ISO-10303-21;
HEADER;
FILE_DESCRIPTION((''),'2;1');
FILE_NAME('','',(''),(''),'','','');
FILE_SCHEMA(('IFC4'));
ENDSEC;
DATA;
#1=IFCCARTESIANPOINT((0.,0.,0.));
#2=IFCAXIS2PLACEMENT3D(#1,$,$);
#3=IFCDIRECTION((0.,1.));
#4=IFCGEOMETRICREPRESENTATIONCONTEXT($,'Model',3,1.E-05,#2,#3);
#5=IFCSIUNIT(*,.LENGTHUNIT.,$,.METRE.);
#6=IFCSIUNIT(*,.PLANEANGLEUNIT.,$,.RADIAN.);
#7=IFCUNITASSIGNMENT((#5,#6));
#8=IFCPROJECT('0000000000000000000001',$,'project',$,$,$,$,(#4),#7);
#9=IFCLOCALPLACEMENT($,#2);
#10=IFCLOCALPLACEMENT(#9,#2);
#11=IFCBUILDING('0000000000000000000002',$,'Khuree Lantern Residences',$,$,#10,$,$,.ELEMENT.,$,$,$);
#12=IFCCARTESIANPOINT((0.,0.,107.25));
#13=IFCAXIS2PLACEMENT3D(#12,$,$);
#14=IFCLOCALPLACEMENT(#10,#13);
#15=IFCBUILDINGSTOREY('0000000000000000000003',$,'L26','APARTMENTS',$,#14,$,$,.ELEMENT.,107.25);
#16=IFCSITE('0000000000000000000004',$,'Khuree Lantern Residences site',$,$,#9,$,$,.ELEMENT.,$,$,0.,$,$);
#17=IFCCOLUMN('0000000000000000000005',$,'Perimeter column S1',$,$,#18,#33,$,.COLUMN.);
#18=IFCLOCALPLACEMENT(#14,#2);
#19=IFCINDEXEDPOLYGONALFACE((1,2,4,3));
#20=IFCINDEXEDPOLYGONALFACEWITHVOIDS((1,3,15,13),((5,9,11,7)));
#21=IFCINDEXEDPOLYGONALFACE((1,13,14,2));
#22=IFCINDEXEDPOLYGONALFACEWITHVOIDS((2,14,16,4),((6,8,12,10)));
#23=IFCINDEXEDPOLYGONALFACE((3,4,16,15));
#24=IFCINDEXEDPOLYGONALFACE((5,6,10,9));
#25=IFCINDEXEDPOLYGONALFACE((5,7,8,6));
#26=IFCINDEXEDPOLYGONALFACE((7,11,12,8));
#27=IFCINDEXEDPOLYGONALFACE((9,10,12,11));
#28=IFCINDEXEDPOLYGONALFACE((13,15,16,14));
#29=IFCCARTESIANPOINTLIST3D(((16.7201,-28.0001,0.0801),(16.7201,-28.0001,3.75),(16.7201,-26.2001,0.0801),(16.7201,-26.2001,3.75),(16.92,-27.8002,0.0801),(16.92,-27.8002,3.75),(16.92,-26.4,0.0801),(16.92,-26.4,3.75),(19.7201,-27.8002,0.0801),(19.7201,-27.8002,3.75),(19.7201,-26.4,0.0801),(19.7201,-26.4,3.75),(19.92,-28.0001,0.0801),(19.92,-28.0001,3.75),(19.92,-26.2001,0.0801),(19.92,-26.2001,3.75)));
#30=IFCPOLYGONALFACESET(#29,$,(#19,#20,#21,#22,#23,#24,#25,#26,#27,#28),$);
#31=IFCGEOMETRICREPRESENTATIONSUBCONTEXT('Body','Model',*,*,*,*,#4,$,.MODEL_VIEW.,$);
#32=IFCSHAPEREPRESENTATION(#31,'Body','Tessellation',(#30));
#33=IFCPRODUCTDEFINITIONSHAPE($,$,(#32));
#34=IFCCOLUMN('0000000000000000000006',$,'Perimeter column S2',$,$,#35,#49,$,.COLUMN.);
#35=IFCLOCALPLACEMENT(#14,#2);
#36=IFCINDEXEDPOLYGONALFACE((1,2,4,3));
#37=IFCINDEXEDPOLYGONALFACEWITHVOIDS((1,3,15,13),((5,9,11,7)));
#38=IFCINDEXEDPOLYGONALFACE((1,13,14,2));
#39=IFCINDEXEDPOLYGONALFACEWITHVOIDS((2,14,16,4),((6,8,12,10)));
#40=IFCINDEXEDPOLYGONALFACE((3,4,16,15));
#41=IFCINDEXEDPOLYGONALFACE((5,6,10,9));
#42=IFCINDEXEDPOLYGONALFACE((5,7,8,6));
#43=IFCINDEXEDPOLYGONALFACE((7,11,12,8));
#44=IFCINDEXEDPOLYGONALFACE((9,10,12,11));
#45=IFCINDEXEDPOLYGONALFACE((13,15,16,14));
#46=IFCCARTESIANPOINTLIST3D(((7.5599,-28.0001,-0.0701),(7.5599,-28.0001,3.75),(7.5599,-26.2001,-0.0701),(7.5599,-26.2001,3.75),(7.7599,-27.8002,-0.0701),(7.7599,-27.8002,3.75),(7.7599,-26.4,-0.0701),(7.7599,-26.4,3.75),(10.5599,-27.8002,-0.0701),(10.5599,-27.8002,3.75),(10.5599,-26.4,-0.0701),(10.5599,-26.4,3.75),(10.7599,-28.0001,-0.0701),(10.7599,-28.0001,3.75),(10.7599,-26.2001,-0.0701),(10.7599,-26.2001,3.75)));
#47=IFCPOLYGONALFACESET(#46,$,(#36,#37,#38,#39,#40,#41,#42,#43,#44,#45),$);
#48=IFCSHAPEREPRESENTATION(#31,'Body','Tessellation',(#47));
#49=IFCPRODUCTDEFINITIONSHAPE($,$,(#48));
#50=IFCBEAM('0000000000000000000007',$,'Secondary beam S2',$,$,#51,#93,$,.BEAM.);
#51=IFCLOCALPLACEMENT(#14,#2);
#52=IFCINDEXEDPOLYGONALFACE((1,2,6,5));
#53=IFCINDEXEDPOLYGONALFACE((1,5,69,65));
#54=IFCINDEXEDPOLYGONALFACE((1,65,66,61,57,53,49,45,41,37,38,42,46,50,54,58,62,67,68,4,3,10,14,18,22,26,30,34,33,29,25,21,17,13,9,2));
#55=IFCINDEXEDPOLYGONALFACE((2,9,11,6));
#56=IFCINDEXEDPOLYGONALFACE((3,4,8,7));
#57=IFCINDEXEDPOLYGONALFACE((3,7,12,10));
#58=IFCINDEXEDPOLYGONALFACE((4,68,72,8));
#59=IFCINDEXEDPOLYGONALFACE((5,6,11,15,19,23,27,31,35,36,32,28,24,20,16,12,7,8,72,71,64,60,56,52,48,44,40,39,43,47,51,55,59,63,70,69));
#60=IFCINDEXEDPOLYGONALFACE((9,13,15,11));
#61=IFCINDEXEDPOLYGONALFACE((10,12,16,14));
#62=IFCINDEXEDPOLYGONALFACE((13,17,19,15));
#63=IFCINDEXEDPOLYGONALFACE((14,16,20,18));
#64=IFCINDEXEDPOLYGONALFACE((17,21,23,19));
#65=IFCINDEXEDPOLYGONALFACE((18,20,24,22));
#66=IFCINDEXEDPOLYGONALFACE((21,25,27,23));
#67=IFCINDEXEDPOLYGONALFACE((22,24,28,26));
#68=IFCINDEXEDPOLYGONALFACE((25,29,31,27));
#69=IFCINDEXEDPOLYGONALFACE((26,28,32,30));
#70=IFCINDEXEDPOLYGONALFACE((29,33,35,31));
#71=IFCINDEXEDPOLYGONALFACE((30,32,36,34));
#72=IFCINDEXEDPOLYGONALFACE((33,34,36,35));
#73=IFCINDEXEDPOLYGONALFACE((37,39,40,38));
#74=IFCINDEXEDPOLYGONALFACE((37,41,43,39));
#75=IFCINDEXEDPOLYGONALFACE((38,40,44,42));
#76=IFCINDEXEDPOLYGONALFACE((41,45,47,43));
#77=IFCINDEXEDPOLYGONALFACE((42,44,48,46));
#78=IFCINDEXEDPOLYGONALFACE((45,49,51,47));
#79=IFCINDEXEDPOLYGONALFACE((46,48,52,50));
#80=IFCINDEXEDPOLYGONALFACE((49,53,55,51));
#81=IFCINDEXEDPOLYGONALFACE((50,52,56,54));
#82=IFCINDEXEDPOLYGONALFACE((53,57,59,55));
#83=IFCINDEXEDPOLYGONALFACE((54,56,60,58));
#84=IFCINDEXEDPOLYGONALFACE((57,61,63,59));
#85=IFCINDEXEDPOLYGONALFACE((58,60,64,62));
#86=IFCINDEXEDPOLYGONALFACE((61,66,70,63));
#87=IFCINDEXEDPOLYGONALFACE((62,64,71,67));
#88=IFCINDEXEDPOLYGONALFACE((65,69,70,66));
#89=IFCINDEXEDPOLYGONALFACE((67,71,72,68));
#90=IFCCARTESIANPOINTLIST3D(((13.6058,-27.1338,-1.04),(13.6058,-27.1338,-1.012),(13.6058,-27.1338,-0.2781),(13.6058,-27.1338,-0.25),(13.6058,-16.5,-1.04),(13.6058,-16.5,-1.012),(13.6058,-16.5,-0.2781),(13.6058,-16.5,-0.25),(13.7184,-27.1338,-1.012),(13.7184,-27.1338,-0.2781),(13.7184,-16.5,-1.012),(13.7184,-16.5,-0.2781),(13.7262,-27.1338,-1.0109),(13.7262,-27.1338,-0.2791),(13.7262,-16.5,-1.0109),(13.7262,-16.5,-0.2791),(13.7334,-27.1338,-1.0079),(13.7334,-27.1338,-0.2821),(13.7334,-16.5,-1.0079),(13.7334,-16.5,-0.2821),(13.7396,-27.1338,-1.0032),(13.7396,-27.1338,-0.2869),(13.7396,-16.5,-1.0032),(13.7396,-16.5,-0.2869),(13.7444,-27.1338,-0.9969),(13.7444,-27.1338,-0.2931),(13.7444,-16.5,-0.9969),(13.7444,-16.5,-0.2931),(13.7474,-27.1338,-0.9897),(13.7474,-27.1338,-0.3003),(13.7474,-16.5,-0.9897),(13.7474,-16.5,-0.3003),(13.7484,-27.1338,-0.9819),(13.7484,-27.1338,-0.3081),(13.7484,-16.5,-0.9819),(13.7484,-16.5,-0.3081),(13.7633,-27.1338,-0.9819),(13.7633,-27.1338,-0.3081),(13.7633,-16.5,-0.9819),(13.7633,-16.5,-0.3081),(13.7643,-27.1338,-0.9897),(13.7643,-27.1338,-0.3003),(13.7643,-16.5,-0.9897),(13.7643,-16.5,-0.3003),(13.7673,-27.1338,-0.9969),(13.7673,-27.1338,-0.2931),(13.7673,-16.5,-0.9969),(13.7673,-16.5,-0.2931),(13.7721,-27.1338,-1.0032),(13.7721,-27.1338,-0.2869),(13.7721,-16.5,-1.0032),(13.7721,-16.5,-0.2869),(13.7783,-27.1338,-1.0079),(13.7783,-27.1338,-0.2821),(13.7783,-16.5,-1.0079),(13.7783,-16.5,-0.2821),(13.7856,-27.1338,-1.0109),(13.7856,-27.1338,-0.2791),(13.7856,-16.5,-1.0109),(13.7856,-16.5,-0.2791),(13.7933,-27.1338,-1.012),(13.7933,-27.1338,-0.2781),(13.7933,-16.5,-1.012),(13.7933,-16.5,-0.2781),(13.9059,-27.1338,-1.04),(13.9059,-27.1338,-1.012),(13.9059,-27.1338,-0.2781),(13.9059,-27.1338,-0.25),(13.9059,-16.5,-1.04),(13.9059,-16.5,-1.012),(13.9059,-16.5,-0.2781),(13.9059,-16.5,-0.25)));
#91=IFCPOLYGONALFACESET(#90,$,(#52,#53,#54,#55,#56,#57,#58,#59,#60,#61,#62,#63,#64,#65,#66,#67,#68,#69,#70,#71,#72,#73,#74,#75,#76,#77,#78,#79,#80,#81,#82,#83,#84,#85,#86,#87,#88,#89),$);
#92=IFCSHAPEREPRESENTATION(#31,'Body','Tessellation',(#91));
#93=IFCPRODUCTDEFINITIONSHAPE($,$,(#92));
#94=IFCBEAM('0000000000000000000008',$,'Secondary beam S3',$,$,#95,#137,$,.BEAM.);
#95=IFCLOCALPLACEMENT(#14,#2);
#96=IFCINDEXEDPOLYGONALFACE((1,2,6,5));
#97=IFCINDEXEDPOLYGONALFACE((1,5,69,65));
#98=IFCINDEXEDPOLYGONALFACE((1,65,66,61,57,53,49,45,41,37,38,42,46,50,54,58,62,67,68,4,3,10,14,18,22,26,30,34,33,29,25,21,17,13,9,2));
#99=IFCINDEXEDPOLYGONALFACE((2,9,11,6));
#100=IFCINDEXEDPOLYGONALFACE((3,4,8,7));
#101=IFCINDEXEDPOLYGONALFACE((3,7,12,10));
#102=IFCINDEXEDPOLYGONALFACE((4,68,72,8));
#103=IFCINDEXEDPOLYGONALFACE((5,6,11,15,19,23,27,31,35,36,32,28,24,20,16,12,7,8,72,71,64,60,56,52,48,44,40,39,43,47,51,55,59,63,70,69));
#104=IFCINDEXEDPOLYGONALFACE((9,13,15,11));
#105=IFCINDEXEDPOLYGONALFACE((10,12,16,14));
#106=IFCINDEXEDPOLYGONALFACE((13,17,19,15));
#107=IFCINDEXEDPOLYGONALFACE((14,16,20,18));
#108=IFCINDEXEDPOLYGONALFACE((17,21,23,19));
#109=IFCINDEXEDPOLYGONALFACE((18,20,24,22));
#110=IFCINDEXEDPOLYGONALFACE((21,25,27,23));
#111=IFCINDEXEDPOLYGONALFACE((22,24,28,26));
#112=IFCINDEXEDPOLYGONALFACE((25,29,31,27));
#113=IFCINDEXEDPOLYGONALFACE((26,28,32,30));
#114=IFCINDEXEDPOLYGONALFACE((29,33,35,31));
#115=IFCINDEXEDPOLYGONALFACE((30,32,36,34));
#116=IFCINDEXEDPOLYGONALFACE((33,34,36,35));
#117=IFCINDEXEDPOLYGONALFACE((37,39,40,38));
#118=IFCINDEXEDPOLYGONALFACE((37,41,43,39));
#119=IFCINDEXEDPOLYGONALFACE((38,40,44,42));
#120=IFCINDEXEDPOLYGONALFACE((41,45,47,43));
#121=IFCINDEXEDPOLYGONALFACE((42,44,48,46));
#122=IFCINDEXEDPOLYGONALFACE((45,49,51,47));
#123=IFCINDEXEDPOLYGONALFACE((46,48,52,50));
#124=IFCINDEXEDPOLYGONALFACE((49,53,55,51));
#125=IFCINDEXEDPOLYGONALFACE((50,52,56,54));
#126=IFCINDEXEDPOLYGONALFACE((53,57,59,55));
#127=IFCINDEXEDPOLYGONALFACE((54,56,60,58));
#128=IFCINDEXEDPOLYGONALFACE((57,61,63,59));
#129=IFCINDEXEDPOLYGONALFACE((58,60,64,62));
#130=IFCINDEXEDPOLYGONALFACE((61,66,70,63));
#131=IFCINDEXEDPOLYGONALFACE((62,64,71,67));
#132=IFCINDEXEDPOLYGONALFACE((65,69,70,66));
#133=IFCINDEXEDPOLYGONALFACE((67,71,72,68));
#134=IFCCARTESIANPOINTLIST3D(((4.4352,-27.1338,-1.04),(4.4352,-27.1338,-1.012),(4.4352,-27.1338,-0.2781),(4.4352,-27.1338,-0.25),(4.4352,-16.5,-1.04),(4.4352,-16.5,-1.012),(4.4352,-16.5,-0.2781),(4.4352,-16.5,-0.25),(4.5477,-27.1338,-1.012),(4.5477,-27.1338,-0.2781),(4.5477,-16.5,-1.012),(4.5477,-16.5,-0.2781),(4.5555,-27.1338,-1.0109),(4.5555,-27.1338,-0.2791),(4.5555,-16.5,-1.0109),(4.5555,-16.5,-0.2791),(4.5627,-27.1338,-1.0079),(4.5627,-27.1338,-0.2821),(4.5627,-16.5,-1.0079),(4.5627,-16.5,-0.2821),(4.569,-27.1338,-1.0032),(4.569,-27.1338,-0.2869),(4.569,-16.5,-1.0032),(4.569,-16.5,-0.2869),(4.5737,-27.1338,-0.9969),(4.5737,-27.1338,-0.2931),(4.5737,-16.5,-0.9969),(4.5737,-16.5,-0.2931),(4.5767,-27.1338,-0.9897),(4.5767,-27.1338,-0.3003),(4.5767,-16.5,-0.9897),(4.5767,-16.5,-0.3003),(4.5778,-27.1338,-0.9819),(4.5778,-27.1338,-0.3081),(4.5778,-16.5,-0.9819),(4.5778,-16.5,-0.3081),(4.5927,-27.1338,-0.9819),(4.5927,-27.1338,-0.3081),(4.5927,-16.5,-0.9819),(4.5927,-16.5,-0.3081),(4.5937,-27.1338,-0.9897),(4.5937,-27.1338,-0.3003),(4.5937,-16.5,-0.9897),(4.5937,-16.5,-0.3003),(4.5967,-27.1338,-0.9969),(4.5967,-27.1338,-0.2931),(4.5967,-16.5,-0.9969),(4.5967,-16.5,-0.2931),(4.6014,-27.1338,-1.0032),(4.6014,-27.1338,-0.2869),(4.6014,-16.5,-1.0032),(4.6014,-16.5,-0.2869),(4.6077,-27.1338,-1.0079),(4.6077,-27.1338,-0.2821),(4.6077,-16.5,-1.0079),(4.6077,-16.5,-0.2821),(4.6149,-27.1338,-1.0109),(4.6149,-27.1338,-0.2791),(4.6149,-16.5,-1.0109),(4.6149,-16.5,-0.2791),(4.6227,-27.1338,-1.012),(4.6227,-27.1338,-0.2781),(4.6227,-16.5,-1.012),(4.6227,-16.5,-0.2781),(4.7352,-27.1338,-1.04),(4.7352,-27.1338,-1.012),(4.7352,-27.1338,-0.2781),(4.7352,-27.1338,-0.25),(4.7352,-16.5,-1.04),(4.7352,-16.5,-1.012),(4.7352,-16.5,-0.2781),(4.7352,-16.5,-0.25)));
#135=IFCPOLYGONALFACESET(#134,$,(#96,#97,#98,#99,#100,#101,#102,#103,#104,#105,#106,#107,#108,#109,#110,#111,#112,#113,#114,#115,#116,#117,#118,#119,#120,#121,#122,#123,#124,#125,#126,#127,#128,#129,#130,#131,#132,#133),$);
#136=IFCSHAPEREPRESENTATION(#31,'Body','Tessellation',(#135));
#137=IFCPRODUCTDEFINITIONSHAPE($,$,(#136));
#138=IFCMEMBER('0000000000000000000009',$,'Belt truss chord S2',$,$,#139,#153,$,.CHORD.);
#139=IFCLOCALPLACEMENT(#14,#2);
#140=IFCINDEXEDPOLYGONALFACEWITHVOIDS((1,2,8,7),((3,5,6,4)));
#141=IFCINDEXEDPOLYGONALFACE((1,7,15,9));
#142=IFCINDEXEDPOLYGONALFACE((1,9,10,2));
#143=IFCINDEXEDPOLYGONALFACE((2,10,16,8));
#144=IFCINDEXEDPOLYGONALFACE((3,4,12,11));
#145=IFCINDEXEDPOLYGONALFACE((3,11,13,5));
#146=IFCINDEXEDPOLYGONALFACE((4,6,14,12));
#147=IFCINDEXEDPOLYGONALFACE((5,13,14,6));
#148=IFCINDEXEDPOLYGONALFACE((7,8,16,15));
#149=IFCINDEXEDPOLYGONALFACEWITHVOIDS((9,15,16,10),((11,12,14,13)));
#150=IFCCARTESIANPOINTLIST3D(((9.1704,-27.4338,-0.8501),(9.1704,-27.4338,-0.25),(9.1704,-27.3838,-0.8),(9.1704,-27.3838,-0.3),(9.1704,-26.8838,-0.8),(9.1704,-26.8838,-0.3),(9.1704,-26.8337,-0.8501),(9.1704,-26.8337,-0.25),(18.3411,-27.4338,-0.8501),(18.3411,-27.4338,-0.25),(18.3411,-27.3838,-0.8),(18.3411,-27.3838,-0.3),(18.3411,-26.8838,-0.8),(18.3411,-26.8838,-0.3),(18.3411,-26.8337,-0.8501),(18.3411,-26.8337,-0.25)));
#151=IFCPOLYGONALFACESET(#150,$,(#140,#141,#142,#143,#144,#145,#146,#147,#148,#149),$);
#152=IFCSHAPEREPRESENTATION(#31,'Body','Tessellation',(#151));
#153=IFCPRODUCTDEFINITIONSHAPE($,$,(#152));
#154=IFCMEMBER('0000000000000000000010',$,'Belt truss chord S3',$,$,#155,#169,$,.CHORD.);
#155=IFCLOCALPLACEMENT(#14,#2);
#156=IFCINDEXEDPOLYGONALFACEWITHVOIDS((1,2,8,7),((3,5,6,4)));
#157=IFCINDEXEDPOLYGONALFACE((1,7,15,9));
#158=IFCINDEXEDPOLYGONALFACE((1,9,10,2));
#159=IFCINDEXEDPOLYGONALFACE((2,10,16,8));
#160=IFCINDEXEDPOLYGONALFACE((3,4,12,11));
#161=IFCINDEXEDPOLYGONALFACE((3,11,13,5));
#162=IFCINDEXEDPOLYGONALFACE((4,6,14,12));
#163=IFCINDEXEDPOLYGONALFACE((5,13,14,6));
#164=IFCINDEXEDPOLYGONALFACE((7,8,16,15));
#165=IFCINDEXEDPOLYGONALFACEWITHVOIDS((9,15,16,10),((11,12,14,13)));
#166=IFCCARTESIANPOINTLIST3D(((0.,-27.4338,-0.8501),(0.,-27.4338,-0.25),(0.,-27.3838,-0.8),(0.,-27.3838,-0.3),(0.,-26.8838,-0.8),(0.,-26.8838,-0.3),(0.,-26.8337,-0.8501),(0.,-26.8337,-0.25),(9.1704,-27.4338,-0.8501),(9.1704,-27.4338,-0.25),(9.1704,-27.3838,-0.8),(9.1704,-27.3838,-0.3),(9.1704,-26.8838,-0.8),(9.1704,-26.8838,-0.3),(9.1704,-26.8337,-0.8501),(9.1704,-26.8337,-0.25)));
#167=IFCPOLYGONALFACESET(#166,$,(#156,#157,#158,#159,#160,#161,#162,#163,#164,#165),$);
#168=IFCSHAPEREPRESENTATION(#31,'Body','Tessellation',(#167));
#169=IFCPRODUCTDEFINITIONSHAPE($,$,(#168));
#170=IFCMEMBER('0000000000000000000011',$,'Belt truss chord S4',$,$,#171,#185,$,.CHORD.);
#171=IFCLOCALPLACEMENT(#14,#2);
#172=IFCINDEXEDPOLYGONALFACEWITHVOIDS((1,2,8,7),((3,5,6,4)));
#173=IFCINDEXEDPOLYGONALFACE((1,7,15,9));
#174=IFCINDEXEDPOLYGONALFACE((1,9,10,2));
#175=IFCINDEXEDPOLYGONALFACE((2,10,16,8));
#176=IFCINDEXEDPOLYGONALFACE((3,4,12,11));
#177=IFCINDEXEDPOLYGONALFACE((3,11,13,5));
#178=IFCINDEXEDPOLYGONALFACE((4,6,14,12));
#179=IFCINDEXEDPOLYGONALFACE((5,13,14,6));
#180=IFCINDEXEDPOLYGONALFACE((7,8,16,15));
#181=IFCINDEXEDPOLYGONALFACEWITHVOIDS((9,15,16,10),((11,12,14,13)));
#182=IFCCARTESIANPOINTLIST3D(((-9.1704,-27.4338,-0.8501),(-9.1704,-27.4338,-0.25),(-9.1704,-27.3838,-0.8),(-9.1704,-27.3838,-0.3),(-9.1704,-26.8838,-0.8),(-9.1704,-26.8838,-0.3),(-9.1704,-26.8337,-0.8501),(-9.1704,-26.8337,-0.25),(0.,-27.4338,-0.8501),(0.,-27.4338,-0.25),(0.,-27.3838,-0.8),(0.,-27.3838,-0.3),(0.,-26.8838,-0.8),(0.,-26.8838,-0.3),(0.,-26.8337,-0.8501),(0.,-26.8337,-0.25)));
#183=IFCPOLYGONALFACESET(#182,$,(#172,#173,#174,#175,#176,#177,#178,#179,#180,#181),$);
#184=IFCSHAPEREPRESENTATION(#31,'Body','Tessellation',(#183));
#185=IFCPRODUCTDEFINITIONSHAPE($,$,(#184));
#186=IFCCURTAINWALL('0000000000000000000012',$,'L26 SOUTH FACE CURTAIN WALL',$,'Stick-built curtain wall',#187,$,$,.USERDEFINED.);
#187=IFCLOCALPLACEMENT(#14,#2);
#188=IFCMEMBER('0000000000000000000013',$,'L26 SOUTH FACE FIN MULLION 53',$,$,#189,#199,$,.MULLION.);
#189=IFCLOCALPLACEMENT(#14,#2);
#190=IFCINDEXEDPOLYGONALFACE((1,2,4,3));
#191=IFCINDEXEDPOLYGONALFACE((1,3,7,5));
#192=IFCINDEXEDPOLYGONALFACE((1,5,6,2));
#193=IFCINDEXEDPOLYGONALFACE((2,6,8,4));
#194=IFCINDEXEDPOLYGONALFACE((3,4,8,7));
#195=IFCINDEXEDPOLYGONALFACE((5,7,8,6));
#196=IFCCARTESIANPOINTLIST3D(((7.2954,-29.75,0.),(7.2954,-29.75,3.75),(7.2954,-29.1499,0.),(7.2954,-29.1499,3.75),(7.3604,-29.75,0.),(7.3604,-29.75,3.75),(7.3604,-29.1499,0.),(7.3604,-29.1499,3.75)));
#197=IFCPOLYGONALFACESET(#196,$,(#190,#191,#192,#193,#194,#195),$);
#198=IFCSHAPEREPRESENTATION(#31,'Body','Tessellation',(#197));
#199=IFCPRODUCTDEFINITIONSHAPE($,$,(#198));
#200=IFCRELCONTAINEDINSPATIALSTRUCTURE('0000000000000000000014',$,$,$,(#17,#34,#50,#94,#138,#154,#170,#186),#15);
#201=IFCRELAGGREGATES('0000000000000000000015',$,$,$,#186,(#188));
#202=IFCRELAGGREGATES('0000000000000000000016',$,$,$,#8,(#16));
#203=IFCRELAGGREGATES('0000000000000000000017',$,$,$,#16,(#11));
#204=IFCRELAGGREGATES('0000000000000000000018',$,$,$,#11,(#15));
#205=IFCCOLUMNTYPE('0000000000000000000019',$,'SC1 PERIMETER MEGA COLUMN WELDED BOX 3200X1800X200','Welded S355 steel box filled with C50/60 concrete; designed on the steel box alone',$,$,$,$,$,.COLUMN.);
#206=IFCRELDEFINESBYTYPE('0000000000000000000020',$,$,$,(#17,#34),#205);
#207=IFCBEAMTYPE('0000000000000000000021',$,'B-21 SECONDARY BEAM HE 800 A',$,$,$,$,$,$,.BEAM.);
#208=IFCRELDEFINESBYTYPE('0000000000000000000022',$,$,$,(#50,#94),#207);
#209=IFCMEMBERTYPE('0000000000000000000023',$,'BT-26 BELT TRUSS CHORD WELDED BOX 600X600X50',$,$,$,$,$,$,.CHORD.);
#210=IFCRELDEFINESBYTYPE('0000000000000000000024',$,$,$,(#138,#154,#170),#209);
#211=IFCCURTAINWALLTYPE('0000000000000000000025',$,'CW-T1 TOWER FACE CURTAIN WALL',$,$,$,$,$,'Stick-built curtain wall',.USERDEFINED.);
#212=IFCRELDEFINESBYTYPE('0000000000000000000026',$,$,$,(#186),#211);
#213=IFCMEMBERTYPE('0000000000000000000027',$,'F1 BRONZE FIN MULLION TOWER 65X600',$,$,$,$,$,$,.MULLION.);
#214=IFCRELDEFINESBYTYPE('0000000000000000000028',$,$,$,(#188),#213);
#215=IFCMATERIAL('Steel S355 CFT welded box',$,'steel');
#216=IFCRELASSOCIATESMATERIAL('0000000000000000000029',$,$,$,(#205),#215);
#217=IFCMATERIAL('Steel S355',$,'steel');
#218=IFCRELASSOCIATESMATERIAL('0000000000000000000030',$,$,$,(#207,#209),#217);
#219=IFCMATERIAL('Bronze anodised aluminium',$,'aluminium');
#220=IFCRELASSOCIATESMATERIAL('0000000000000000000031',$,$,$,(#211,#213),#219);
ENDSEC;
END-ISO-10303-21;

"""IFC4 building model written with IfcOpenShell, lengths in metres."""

from ifc_helpers import new_model, si_unit, direction, frame, origin, origin_2d, place, context, subcontext, project, spatial, rectangle, hollow_rectangle, i_section, extrude, material, material_profile, profile_set, type_object, element, aggregate, save


model = new_model("IFC4")

# Units and contexts
model_context = context("Model", 3, precision=1e-05, world=origin(), true_north=direction((0.0, 1.0)))
body_context = subcontext(model_context, "Body", "Model", "MODEL_VIEW")
ifc_project = project(units=[si_unit("LENGTHUNIT", "METRE"), si_unit("PLANEANGLEUNIT", "RADIAN")], contexts=[model_context])

# Site, building, storey
site_placement = place(None, origin())
site = spatial("IfcSite", under=ifc_project, at=site_placement, Name="Khuree Lantern Residences site", CompositionType="ELEMENT", RefElevation=0.0)
building_placement = place(site_placement, origin())
building = spatial("IfcBuilding", under=site, at=building_placement, Name="Khuree Lantern Residences", CompositionType="ELEMENT")
storey_placement = place(building_placement, frame((0.0, 0.0, 107.25)))
storey = spatial("IfcBuildingStorey", under=building, at=storey_placement, Name="L26", Description="APARTMENTS", CompositionType="ELEMENT", Elevation=107.25)

# Columns
ifc_material_1 = material(Name="Steel S355 CFT welded box", Category="steel")
ifc_material_profile_1 = material_profile(ifc_material_1, hollow_rectangle(XDim=3.2, YDim=1.8, WallThickness=0.2, at=origin_2d()), Name="WELDED BOX 3200X1800X200")
ifc_profile_set_1 = profile_set([ifc_material_profile_1], Name="Steel S355 CFT welded box")
column_type = type_object("IfcColumnType", Name="SC1 PERIMETER MEGA COLUMN WELDED BOX 3200X1800X200", Description="Welded S355 steel box filled with C50/60 concrete; designed on the steel box alone", PredefinedType="COLUMN", material=ifc_profile_set_1)
column_1_placement = place(storey_placement, frame((18.3201, -27.1001, 0.0801), z_axis=(0.0, 0.0, 1.0), x_axis=(1.0, 0.0, 0.0)))
element("IfcColumn", 1, at=column_1_placement, inside=storey, type_object=column_type, Name="Perimeter column S1", PredefinedType="COLUMN", context=body_context, shape_type="SweptSolid", body=[
    extrude(hollow_rectangle(XDim=3.2, YDim=1.8, WallThickness=0.2, at=origin_2d()), origin(), (0.0, 0.0, 1.0), 3.6699),
])
column_2_placement = place(storey_placement, frame((9.1599, -27.1001, -0.0701), z_axis=(0.0, 0.0, 1.0), x_axis=(1.0, 0.0, 0.0)))
element("IfcColumn", 2, at=column_2_placement, inside=storey, type_object=column_type, Name="Perimeter column S2", PredefinedType="COLUMN", context=body_context, shape_type="SweptSolid", body=[
    extrude(hollow_rectangle(XDim=3.2, YDim=1.8, WallThickness=0.2, at=origin_2d()), origin(), (0.0, 0.0, 1.0), 3.8201),
])

# Beams
ifc_material_2 = material(Name="Steel S355", Category="steel")
ifc_material_profile_2 = material_profile(ifc_material_2, i_section(OverallWidth=0.3, OverallDepth=0.79, WebThickness=0.0149, FlangeThickness=0.0281, FilletRadius=0.03, at=origin_2d()), Name="HE 800 A")
ifc_profile_set_2 = profile_set([ifc_material_profile_2], Name="Steel S355")
beam_type_1 = type_object("IfcBeamType", Name="B-21 SECONDARY BEAM HE 800 A", PredefinedType="BEAM", material=ifc_profile_set_2)
for number, where, z_axis, x_axis, name in (
    (3, (13.7559, -27.1338, -0.645), (0.0, 1.0, 0.0), (-1.0, 0.0, 0.0), "Secondary beam S2"),
    (4, (4.5852, -27.1338, -0.645), (0.0, 1.0, 0.0), (-1.0, 0.0, 0.0), "Secondary beam S3"),
):
    element("IfcBeam", number, at=place(storey_placement, frame(where, z_axis=z_axis, x_axis=x_axis)), inside=storey, type_object=beam_type_1, Name=name, PredefinedType="BEAM", context=body_context, shape_type="SweptSolid", body=[
        extrude(i_section(OverallWidth=0.3, OverallDepth=0.79, WebThickness=0.0149, FlangeThickness=0.0281, FilletRadius=0.03, at=origin_2d()), origin(), (0.0, 0.0, 1.0), 10.6338),
    ])

# Members
ifc_material_profile_3 = material_profile(ifc_material_2, hollow_rectangle(XDim=0.6001, YDim=0.6001, WallThickness=0.05, at=origin_2d()), Name="WELDED BOX 600X600X50")
ifc_profile_set_3 = profile_set([ifc_material_profile_3], Name="Steel S355")
member_type_1 = type_object("IfcMemberType", Name="BT-26 BELT TRUSS CHORD WELDED BOX 600X600X50", PredefinedType="CHORD", material=ifc_profile_set_3)
member_1_placement = place(storey_placement, frame((18.3411, -27.1338, -0.55), z_axis=(-1.0, 0.0, 0.0), x_axis=(0.0, -1.0, 0.0)))
element("IfcMember", 5, at=member_1_placement, inside=storey, type_object=member_type_1, Name="Belt truss chord S2", PredefinedType="CHORD", context=body_context, shape_type="SweptSolid", body=[
    extrude(hollow_rectangle(XDim=0.6001, YDim=0.6001, WallThickness=0.05, at=origin_2d()), origin(), (0.0, 0.0, 1.0), 9.1707),
])
for number, where, z_axis, x_axis, name in (
    (6, (9.1704, -27.1338, -0.55), (-1.0, 0.0, 0.0), (0.0, -1.0, 0.0), "Belt truss chord S3"),
    (7, (0.0, -27.1338, -0.55), (-1.0, 0.0, 0.0), (0.0, -1.0, 0.0), "Belt truss chord S4"),
):
    element("IfcMember", number, at=place(storey_placement, frame(where, z_axis=z_axis, x_axis=x_axis)), inside=storey, type_object=member_type_1, Name=name, PredefinedType="CHORD", context=body_context, shape_type="SweptSolid", body=[
        extrude(hollow_rectangle(XDim=0.6001, YDim=0.6001, WallThickness=0.05, at=origin_2d()), origin(), (0.0, 0.0, 1.0), 9.1704),
    ])

# Curtain wall, member
ifc_material_3 = material(Name="Bronze anodised aluminium", Category="aluminium")
curtain_wall_type = type_object("IfcCurtainWallType", Name="CW-T1 TOWER FACE CURTAIN WALL", ElementType="Stick-built curtain wall", PredefinedType="USERDEFINED", material=ifc_material_3)
curtain_wall_placement = place(storey_placement, origin())
curtain_wall = element("IfcCurtainWall", 8, at=curtain_wall_placement, inside=storey, type_object=curtain_wall_type, Name="L26 SOUTH FACE CURTAIN WALL", ObjectType="Stick-built curtain wall", PredefinedType="USERDEFINED")
ifc_material_profile_4 = material_profile(ifc_material_3, rectangle(XDim=0.0649, YDim=0.6001, at=origin_2d()), Name="F1 65X600")
ifc_profile_set_4 = profile_set([ifc_material_profile_4], Name="Bronze anodised aluminium")
member_type_2 = type_object("IfcMemberType", Name="F1 BRONZE FIN MULLION TOWER 65X600", PredefinedType="MULLION", material=ifc_profile_set_4)
member_2_placement = place(storey_placement, frame((7.3279, -29.45, 0.0), z_axis=(0.0, 0.0, 1.0), x_axis=(1.0, 0.0, 0.0)))
member_2 = element("IfcMember", 9, at=member_2_placement, type_object=member_type_2, Name="L26 SOUTH FACE FIN MULLION 53", PredefinedType="MULLION", context=body_context, shape_type="SweptSolid", body=[
    extrude(rectangle(XDim=0.0649, YDim=0.6001, at=origin_2d()), origin(), (0.0, 0.0, 1.0), 3.75),
])

aggregate(curtain_wall, [member_2])

save(model, "model.ifc")
